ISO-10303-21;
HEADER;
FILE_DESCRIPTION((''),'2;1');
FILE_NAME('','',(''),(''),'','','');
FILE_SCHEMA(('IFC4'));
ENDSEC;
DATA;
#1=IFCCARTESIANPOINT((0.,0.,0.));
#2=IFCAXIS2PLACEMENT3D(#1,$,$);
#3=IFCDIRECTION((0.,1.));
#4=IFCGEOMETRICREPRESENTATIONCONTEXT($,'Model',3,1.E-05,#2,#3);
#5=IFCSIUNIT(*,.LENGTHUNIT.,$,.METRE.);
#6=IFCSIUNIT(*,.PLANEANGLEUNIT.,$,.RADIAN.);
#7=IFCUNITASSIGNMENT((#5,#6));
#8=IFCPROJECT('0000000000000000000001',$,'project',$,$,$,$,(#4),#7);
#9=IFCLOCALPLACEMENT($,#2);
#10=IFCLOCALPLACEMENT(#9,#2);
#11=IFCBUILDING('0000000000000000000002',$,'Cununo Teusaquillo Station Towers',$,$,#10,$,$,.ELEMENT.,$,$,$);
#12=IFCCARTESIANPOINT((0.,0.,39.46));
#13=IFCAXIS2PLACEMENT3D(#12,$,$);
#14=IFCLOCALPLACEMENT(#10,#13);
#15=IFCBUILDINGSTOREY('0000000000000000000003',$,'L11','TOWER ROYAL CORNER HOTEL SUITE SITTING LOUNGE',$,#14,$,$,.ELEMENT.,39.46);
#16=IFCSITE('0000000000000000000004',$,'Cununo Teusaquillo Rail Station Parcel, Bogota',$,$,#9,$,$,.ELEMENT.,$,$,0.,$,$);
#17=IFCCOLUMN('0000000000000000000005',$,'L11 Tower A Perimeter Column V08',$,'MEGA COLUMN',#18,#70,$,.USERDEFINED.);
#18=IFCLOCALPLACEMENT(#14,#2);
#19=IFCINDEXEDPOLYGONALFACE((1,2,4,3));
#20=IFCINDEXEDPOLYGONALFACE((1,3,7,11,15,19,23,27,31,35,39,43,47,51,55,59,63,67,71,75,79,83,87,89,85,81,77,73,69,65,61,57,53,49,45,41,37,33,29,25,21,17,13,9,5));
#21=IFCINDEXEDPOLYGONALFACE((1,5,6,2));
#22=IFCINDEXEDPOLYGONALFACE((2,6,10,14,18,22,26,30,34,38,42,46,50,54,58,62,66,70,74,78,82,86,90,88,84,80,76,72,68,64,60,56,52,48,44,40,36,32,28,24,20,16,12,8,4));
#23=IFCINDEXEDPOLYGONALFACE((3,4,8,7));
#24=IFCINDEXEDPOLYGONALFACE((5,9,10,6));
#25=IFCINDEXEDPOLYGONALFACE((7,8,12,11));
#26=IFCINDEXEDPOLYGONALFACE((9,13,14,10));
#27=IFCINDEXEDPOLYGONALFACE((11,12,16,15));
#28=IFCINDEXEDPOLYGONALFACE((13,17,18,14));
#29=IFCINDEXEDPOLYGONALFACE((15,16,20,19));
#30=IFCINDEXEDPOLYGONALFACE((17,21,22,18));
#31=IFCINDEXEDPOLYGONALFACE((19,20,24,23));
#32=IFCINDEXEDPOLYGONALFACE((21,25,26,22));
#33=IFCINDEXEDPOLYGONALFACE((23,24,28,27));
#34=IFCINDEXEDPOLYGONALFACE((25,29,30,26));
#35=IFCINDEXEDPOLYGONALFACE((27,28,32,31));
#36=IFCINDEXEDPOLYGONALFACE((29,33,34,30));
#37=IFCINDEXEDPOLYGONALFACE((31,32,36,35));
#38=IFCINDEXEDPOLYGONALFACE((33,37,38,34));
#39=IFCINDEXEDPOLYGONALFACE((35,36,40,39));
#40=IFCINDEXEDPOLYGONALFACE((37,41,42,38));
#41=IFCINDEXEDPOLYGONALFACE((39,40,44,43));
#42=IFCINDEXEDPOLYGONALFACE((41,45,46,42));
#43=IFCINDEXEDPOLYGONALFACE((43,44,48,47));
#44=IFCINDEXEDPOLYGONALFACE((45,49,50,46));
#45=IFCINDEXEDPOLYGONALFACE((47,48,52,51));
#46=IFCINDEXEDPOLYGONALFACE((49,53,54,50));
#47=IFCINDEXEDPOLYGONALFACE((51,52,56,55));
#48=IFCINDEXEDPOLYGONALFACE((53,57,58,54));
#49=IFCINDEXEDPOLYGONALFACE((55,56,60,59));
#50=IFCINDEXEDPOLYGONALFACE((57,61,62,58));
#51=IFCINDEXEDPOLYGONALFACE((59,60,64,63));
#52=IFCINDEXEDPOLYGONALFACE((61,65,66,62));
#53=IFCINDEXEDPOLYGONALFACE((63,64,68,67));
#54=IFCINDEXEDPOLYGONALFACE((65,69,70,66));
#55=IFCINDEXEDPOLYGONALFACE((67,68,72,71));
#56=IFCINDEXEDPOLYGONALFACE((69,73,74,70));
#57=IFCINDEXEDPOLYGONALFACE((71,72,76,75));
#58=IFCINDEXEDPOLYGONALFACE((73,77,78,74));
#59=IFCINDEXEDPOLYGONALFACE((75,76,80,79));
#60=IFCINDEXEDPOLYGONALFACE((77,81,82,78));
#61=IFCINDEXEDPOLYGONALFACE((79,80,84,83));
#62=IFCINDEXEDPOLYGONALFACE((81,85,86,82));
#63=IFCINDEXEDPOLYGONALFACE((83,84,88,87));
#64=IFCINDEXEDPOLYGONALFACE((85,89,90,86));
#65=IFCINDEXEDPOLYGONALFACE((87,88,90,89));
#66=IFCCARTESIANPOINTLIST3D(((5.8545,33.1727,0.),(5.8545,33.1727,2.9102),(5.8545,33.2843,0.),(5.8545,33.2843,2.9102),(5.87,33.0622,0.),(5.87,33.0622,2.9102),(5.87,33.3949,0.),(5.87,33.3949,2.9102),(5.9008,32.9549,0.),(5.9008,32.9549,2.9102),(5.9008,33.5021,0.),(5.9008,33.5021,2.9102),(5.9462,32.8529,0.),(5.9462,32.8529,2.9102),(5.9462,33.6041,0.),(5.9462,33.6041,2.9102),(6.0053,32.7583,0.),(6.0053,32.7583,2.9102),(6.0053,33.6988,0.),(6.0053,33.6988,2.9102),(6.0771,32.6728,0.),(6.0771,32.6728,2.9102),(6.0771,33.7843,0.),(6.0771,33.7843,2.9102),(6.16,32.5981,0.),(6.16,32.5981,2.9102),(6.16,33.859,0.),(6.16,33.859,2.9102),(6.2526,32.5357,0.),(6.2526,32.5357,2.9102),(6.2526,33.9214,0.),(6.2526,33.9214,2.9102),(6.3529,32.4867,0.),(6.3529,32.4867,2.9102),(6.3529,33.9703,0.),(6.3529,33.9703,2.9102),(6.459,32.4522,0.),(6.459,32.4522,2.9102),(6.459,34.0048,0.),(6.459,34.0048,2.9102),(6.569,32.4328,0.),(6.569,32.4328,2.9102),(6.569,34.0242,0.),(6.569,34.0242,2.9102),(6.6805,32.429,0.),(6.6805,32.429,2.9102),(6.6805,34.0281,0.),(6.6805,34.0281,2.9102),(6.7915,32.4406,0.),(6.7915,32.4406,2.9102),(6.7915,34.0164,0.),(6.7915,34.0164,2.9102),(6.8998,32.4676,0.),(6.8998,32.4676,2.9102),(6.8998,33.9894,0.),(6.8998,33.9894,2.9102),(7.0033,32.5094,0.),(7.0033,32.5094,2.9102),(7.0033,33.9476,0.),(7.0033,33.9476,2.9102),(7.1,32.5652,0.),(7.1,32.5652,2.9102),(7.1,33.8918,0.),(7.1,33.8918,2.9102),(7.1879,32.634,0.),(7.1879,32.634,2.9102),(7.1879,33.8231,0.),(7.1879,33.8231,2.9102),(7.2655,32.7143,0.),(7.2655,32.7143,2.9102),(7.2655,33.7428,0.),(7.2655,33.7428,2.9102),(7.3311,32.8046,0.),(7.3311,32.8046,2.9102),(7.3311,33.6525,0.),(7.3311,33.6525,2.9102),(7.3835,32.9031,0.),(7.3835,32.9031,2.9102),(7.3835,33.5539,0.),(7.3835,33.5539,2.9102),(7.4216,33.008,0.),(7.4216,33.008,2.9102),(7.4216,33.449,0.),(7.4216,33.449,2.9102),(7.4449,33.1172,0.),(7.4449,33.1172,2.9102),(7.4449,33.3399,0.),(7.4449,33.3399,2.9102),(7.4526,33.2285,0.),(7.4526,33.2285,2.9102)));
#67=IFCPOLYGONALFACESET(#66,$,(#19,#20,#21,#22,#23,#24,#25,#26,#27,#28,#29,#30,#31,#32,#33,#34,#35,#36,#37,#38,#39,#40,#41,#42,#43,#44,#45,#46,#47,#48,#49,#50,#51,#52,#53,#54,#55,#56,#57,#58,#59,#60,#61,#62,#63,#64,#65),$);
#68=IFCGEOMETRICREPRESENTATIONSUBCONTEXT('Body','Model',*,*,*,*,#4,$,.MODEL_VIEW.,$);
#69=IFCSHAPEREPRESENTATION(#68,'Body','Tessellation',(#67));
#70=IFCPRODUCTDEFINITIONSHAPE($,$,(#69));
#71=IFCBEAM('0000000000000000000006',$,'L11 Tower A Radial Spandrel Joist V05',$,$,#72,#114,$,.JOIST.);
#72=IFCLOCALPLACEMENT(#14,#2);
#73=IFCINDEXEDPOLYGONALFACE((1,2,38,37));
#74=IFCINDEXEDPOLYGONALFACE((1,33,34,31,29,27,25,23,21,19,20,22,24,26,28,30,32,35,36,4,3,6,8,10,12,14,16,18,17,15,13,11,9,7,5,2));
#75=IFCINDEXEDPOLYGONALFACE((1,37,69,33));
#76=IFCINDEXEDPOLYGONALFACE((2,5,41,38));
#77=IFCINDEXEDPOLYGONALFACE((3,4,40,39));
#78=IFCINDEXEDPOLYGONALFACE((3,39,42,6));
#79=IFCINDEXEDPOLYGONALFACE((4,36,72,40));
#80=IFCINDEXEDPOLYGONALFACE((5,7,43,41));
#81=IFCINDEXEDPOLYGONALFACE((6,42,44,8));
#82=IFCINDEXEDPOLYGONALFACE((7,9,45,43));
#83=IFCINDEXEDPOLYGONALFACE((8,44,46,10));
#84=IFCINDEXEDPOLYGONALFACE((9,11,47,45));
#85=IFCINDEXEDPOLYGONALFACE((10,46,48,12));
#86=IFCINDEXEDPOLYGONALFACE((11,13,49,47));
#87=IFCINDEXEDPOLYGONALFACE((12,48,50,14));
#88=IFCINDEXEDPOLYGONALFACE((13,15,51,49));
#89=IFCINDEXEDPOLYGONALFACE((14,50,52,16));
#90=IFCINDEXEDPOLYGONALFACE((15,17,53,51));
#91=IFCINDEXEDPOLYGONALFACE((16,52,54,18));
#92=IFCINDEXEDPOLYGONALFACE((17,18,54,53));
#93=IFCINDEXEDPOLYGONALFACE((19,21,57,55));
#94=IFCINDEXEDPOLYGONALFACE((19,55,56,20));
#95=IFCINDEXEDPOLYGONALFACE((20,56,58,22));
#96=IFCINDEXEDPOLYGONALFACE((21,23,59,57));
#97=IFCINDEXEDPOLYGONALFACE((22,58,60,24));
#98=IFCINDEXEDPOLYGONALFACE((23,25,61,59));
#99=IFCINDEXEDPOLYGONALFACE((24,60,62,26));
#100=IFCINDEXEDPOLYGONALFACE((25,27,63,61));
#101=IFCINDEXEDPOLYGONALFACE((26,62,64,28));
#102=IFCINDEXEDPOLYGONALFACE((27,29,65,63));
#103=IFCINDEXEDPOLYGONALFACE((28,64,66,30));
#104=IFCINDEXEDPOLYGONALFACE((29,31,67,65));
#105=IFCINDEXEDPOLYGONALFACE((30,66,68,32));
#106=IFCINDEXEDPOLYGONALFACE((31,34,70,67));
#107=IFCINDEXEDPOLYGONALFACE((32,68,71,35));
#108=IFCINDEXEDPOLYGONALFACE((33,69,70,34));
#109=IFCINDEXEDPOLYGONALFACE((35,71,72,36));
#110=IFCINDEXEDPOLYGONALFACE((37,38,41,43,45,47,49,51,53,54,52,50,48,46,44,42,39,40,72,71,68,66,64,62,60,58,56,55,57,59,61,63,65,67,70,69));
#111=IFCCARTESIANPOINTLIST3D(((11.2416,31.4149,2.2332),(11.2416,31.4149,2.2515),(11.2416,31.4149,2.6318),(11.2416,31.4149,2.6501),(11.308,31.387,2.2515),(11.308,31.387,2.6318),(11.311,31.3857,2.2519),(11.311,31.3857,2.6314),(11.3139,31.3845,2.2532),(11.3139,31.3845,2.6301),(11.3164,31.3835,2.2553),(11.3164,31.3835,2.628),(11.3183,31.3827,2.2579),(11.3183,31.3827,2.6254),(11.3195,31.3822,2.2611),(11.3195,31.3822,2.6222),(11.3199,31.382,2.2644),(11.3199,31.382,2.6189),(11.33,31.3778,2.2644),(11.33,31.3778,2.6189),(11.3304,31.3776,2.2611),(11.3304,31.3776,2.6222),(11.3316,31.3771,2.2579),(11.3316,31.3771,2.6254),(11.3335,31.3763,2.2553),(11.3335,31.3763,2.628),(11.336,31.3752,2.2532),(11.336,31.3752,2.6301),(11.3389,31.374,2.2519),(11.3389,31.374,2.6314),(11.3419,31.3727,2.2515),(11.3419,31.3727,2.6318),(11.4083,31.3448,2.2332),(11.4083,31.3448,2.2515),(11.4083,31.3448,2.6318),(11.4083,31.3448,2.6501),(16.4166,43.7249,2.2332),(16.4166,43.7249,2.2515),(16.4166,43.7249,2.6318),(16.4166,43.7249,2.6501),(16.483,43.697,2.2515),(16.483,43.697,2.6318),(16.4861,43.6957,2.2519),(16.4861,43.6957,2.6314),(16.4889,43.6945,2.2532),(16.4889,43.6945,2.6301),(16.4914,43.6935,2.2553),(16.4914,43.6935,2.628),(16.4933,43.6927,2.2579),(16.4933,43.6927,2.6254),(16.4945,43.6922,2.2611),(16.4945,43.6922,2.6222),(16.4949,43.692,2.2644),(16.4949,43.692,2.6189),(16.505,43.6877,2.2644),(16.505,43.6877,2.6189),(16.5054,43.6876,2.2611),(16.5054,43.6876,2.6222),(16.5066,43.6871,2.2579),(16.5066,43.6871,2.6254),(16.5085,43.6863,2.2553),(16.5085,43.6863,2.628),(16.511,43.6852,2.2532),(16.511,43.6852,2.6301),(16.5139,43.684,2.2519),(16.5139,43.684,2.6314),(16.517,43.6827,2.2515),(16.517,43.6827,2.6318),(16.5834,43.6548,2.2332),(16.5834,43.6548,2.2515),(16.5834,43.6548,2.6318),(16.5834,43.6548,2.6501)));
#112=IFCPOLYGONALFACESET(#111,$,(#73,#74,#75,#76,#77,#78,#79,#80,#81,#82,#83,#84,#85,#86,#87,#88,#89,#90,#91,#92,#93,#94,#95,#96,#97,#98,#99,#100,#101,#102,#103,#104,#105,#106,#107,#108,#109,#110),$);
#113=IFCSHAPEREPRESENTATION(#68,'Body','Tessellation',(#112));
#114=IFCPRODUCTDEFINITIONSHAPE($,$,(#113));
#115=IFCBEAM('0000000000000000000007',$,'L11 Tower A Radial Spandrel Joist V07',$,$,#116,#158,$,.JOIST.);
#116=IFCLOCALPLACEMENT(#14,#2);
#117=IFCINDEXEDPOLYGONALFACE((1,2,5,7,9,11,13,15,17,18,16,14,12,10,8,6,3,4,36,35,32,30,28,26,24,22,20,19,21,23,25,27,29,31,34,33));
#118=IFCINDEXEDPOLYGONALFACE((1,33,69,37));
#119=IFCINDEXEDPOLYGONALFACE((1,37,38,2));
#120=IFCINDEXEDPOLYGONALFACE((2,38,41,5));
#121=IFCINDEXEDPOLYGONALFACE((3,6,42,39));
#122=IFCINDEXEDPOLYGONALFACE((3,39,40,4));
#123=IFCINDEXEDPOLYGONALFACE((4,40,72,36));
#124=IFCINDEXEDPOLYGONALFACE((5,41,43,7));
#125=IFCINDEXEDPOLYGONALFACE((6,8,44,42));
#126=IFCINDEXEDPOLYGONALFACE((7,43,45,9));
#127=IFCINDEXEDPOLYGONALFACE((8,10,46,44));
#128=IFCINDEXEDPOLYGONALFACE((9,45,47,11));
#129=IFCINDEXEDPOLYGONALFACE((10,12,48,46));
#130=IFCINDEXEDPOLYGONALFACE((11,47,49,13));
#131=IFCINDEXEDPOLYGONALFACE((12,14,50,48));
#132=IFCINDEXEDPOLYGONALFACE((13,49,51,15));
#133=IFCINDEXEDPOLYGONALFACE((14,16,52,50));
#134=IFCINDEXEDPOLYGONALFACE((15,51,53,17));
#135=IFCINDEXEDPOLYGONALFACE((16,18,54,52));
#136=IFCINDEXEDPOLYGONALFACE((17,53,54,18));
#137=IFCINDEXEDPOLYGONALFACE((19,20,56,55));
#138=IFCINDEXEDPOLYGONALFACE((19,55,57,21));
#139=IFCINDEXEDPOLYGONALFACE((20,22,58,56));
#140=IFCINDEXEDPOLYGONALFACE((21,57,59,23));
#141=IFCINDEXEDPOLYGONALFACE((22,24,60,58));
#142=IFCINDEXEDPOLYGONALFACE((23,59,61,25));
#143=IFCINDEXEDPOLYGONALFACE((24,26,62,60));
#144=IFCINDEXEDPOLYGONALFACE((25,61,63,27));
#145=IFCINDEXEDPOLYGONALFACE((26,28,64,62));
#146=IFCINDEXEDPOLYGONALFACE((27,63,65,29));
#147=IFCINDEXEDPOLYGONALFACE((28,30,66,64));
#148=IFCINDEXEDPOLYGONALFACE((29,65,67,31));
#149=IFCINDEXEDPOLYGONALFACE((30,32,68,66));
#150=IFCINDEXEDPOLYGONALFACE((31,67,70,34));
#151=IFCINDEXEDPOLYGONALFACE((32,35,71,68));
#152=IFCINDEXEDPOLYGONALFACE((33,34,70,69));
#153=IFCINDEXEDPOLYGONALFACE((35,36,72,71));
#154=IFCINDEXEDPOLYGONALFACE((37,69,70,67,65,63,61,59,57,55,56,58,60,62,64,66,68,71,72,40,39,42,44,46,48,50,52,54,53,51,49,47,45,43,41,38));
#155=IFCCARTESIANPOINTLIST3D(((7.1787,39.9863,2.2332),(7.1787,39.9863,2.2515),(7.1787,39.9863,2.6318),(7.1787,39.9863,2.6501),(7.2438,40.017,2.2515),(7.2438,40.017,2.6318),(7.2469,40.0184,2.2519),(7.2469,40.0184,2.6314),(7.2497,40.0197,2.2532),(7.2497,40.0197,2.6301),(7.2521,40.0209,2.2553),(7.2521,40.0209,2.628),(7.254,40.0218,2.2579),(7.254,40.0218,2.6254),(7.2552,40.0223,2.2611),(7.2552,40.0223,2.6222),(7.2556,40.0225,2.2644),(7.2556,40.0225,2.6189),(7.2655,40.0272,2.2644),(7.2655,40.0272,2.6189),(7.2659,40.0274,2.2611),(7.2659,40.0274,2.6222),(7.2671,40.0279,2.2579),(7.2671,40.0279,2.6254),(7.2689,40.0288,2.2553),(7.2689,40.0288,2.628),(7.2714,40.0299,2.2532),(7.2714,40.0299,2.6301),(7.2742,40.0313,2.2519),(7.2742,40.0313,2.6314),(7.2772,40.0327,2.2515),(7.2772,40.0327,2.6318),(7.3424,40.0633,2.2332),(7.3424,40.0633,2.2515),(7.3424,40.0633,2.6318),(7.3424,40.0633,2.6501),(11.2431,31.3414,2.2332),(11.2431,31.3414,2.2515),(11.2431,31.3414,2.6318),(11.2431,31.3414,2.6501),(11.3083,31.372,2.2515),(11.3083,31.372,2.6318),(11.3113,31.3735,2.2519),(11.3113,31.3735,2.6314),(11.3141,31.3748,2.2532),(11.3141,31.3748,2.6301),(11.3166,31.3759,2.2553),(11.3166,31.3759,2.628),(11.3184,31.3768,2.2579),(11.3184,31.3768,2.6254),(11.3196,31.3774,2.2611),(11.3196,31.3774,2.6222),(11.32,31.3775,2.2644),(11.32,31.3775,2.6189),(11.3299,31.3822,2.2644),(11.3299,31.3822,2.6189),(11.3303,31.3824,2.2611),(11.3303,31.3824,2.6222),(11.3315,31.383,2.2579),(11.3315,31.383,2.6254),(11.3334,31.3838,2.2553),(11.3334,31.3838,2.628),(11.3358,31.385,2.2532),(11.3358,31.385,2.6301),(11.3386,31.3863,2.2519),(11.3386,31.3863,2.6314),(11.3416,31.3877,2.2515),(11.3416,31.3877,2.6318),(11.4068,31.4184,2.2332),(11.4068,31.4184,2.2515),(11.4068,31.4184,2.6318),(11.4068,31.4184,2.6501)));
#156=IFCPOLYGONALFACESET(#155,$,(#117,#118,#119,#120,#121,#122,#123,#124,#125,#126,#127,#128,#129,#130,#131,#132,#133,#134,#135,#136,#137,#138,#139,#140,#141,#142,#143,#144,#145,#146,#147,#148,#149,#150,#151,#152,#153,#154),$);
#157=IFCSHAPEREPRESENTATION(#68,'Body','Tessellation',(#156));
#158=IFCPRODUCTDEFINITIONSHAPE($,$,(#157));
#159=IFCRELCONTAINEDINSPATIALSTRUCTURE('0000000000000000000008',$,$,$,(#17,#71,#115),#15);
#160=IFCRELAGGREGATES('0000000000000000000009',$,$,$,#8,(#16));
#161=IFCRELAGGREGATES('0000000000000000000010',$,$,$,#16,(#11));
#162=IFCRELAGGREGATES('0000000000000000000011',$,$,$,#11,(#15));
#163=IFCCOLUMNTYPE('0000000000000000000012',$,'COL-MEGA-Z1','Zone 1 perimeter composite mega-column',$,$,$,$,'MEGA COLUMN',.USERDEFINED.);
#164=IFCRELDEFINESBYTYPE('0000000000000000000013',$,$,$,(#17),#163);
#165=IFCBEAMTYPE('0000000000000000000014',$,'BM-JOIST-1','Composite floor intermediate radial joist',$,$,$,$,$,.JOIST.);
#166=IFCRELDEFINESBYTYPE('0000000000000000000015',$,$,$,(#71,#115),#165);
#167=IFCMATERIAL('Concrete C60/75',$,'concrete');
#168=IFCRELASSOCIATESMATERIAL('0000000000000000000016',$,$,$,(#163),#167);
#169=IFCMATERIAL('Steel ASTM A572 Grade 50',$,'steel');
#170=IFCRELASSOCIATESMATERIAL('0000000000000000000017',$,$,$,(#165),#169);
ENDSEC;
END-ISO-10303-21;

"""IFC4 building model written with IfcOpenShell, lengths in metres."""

from ifc_helpers import new_model, si_unit, direction, frame, origin, origin_2d, place, context, subcontext, project, spatial, circle, i_section, extrude, material, material_profile, profile_set, type_object, element, save


model = new_model("IFC4")

# Units and contexts
model_context = context("Model", 3, precision=1e-05, world=origin(), true_north=direction((0.0, 1.0)))
body_context = subcontext(model_context, "Body", "Model", "MODEL_VIEW")
ifc_project = project(units=[si_unit("LENGTHUNIT", "METRE"), si_unit("PLANEANGLEUNIT", "RADIAN")], contexts=[model_context])

# Site, building, storey
site_placement = place(None, origin())
site = spatial("IfcSite", under=ifc_project, at=site_placement, Name="Cununo Teusaquillo Rail Station Parcel, Bogota", CompositionType="ELEMENT", RefElevation=0.0)
building_placement = place(site_placement, origin())
building = spatial("IfcBuilding", under=site, at=building_placement, Name="Cununo Teusaquillo Station Towers", CompositionType="ELEMENT")
storey_placement = place(building_placement, frame((0.0, 0.0, 39.46)))
storey = spatial("IfcBuildingStorey", under=building, at=storey_placement, Name="L11", Description="TOWER ROYAL CORNER HOTEL SUITE SITTING LOUNGE", CompositionType="ELEMENT", Elevation=39.46)

# Column
ifc_material_1 = material(Name="Concrete C60/75", Category="concrete")
ifc_material_profile_1 = material_profile(ifc_material_1, circle(Radius=0.8, at=origin_2d()), Name="RC-CIRC-1600")
ifc_profile_set_1 = profile_set([ifc_material_profile_1], Name="Concrete C60/75")
column_type = type_object("IfcColumnType", Name="COL-MEGA-Z1", Description="Zone 1 perimeter composite mega-column", ElementType="MEGA COLUMN", PredefinedType="USERDEFINED", material=ifc_profile_set_1)
column_placement = place(storey_placement, frame((6.6526, 33.2285, 0.0), z_axis=(0.0, 0.0, 1.0), x_axis=(1.0, 0.0, 0.0)))
element("IfcColumn", 1, at=column_placement, inside=storey, type_object=column_type, Name="L11 Tower A Perimeter Column V08", ObjectType="MEGA COLUMN", PredefinedType="USERDEFINED", context=body_context, shape_type="SweptSolid", body=[
    extrude(circle(Radius=0.8, at=origin_2d()), origin(), (0.0, 0.0, 1.0), 2.9102),
])

# Beams
ifc_material_2 = material(Name="Steel ASTM A572 Grade 50", Category="steel")
ifc_material_profile_2 = material_profile(ifc_material_2, i_section(OverallWidth=0.1809, OverallDepth=0.417, WebThickness=0.011, FlangeThickness=0.0183, FilletRadius=0.0129, at=origin_2d()), Name="W16X57")
ifc_profile_set_2 = profile_set([ifc_material_profile_2], Name="Steel ASTM A572 Grade 50")
beam_type_1 = type_object("IfcBeamType", Name="BM-JOIST-1", Description="Composite floor intermediate radial joist", PredefinedType="JOIST", material=ifc_profile_set_2)
beam_1_placement = place(storey_placement, frame((11.325, 31.3799, 2.4417), z_axis=(0.38754, 0.921853, 0.0), x_axis=(-0.921853, 0.38754, 0.0)))
element("IfcBeam", 2, at=beam_1_placement, inside=storey, type_object=beam_type_1, Name="L11 Tower A Radial Spandrel Joist V05", PredefinedType="JOIST", context=body_context, shape_type="SweptSolid", body=[
    extrude(i_section(OverallWidth=0.1809, OverallDepth=0.417, WebThickness=0.011, FlangeThickness=0.0183, FilletRadius=0.0129, at=origin_2d()), origin(), (0.0, 0.0, 1.0), 13.3535),
])
beam_2_placement = place(storey_placement, frame((11.325, 31.3799, 2.4417), z_axis=(-0.425472, 0.904972, 0.0), x_axis=(-0.904972, -0.425472, 0.0)))
element("IfcBeam", 3, at=beam_2_placement, inside=storey, type_object=beam_type_1, Name="L11 Tower A Radial Spandrel Joist V07", PredefinedType="JOIST", context=body_context, shape_type="SweptSolid", body=[
    extrude(i_section(OverallWidth=0.1809, OverallDepth=0.417, WebThickness=0.011, FlangeThickness=0.0183, FilletRadius=0.0129, at=origin_2d()), origin(), (0.0, 0.0, 1.0), 9.5527),
])

save(model, "model.ifc")
